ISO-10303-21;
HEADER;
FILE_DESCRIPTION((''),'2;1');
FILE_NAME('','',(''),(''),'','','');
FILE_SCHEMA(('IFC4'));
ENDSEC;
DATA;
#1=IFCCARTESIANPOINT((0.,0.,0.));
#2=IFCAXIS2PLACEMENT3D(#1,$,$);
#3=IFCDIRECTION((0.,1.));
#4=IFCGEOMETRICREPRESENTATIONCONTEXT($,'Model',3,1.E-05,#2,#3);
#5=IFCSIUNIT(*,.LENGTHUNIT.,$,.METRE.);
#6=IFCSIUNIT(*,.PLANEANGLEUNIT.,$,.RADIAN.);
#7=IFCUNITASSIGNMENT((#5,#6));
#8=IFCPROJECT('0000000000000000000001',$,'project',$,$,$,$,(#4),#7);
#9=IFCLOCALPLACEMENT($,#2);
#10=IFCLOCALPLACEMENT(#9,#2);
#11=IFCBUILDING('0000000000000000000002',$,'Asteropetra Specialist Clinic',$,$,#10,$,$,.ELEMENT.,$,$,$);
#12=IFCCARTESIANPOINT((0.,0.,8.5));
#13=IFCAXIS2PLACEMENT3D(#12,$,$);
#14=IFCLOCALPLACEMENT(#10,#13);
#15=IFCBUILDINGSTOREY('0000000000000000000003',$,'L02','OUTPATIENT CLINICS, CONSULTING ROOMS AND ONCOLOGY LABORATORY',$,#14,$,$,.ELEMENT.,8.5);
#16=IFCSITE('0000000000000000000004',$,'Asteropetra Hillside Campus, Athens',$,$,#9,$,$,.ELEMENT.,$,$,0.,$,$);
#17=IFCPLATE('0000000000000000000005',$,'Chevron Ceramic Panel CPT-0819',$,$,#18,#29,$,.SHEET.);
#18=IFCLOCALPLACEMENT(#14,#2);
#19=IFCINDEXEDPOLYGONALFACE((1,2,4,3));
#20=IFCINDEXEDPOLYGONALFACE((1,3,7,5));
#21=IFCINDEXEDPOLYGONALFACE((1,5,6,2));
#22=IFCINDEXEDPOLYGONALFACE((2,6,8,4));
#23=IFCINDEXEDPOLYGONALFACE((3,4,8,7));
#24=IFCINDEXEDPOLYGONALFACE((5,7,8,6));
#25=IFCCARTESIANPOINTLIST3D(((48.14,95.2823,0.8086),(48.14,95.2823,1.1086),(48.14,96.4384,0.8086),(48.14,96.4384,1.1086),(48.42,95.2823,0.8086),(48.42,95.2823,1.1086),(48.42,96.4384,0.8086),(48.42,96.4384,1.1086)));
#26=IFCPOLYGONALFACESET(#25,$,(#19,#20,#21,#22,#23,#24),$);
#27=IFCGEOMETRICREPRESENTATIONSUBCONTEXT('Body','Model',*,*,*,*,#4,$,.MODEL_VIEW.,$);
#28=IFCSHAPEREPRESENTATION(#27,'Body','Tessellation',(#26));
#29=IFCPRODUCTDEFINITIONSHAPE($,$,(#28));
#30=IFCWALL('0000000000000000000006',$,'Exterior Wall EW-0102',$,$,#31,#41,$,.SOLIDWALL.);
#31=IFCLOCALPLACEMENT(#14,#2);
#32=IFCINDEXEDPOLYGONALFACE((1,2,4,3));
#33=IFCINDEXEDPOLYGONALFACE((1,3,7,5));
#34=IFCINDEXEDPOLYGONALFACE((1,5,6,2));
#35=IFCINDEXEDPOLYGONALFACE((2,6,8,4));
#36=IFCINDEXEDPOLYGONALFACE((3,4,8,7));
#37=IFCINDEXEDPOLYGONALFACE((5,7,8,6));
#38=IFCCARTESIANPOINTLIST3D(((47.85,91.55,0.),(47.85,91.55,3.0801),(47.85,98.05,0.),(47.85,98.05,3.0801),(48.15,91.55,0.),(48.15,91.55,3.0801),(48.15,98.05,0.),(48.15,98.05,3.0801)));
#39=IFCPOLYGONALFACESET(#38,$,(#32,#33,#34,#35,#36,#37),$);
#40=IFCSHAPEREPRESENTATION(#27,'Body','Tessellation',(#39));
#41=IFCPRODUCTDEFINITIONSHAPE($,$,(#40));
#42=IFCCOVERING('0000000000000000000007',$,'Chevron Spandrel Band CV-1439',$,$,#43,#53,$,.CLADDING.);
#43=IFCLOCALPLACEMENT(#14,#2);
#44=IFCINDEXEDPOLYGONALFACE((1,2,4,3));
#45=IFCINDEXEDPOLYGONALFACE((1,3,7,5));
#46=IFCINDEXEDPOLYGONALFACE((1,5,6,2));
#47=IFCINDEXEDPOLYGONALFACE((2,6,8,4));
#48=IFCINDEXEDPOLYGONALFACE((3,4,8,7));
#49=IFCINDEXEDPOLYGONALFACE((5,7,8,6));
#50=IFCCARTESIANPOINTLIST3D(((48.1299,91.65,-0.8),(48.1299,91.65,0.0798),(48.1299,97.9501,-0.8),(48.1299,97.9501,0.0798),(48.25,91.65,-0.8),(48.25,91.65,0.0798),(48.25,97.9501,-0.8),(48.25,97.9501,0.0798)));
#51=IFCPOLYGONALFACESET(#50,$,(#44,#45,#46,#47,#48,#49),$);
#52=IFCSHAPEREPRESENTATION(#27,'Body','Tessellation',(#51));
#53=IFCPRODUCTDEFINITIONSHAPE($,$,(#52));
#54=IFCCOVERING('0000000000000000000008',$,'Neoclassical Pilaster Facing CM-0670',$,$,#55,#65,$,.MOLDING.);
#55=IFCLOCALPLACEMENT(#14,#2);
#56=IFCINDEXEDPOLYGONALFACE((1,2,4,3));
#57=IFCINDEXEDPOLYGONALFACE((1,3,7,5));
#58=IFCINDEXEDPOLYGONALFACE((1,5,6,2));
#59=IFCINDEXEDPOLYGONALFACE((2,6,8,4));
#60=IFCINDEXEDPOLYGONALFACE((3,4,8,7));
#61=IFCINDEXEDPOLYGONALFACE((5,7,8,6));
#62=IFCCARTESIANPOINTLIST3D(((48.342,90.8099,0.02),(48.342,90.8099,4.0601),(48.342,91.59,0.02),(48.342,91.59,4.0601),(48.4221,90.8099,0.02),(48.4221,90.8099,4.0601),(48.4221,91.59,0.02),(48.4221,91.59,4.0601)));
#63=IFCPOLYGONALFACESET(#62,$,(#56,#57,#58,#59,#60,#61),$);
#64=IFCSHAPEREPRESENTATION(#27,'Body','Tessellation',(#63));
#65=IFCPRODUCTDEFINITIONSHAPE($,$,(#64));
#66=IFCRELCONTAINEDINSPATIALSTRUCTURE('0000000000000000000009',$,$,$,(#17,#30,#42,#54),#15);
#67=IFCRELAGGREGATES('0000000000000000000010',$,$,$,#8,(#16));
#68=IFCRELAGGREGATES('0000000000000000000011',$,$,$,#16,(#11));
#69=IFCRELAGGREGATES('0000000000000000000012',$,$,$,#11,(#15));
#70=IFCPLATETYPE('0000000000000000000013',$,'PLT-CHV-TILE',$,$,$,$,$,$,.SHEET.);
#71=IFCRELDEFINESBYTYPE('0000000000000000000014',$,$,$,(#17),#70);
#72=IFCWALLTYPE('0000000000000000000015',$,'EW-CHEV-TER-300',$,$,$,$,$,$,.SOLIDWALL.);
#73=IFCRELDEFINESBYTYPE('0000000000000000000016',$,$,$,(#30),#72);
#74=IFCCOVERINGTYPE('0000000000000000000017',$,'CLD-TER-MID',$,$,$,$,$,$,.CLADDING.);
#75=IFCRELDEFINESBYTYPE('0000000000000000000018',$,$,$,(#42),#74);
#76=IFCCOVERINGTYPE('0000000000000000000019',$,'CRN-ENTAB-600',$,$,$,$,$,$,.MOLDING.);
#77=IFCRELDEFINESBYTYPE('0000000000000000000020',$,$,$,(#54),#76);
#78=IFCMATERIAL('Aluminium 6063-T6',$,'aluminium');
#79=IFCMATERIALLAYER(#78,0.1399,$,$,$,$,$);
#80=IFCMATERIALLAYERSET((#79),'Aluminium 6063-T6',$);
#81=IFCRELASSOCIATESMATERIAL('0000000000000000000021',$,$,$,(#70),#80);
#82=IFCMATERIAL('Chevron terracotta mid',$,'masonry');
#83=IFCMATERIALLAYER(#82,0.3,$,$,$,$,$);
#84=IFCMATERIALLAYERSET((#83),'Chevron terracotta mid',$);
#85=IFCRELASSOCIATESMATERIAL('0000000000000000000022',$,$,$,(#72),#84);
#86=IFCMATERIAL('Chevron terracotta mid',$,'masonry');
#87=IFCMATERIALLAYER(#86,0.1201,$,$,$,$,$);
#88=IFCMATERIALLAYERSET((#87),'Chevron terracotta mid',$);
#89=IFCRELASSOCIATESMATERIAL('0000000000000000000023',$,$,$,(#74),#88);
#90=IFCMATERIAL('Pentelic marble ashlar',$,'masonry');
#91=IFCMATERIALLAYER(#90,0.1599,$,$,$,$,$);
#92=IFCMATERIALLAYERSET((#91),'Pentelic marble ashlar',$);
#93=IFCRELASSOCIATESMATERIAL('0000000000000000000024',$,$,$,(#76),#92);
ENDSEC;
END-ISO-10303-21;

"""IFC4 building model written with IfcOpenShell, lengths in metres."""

from ifc_helpers import new_model, si_unit, direction, frame, frame_2d, origin, origin_2d, place, context, subcontext, project, spatial, rectangle, extrude, material, layer, layer_set, type_object, element, save


model = new_model("IFC4")

# Units and contexts
model_context = context("Model", 3, precision=1e-05, world=origin(), true_north=direction((0.0, 1.0)))
body_context = subcontext(model_context, "Body", "Model", "MODEL_VIEW")
ifc_project = project(units=[si_unit("LENGTHUNIT", "METRE"), si_unit("PLANEANGLEUNIT", "RADIAN")], contexts=[model_context])

# Site, building, storey
site_placement = place(None, origin())
site = spatial("IfcSite", under=ifc_project, at=site_placement, Name="Asteropetra Hillside Campus, Athens", CompositionType="ELEMENT", RefElevation=0.0)
building_placement = place(site_placement, origin())
building = spatial("IfcBuilding", under=site, at=building_placement, Name="Asteropetra Specialist Clinic", CompositionType="ELEMENT")
storey_placement = place(building_placement, frame((0.0, 0.0, 8.5)))
storey = spatial("IfcBuildingStorey", under=building, at=storey_placement, Name="L02", Description="OUTPATIENT CLINICS, CONSULTING ROOMS AND ONCOLOGY LABORATORY", CompositionType="ELEMENT", Elevation=8.5)

# Plate
ifc_material_1 = material(Name="Aluminium 6063-T6", Category="aluminium")
ifc_layer_1 = layer(ifc_material_1, 0.1399)
ifc_layer_set_1 = layer_set([ifc_layer_1], Name="Aluminium 6063-T6")
plate_type_1 = type_object("IfcPlateType", Name="PLT-CHV-TILE", PredefinedType="SHEET", material=ifc_layer_set_1)
for number, where, z_axis, x_axis, name in (
    (1, (48.28, 95.8604, 0.8086), (0.0, 0.0, 1.0), (1.0, 0.0, 0.0), "Chevron Ceramic Panel CPT-0819"),
):
    element("IfcPlate", number, at=place(storey_placement, frame(where, z_axis=z_axis, x_axis=x_axis)), inside=storey, type_object=plate_type_1, Name=name, PredefinedType="SHEET", context=body_context, shape_type="SweptSolid", body=[
        extrude(rectangle(XDim=0.28, YDim=1.156, at=origin_2d()), origin(), (0.0, 0.0, 1.0), 0.3),
    ])

# Wall
ifc_material_2 = material(Name="Chevron terracotta mid", Category="masonry")
ifc_layer_2 = layer(ifc_material_2, 0.3)
ifc_layer_set_2 = layer_set([ifc_layer_2], Name="Chevron terracotta mid")
wall_type = type_object("IfcWallType", Name="EW-CHEV-TER-300", PredefinedType="SOLIDWALL", material=ifc_layer_set_2)
wall_placement = place(storey_placement, frame((48.0, 91.55, 0.0), z_axis=(0.0, 0.0, 1.0), x_axis=(0.0, 1.0, 0.0)))
element("IfcWall", 2, at=wall_placement, inside=storey, type_object=wall_type, Name="Exterior Wall EW-0102", PredefinedType="SOLIDWALL", context=body_context, shape_type="SweptSolid", body=[
    extrude(rectangle(XDim=6.5, YDim=0.3, at=frame_2d((3.25, 0.0))), origin(), (0.0, 0.0, 1.0), 3.0801),
])

# Coverings
ifc_material_3 = material(Name="Chevron terracotta mid", Category="masonry")
ifc_layer_3 = layer(ifc_material_3, 0.1201)
ifc_layer_set_3 = layer_set([ifc_layer_3], Name="Chevron terracotta mid")
covering_type_1 = type_object("IfcCoveringType", Name="CLD-TER-MID", PredefinedType="CLADDING", material=ifc_layer_set_3)
covering_1_placement = place(storey_placement, frame((48.1899, 94.8, -0.8), z_axis=(0.0, 0.0, 1.0), x_axis=(1.0, 0.0, 0.0)))
element("IfcCovering", 3, at=covering_1_placement, inside=storey, type_object=covering_type_1, Name="Chevron Spandrel Band CV-1439", PredefinedType="CLADDING", context=body_context, shape_type="SweptSolid", body=[
    extrude(rectangle(XDim=0.1201, YDim=6.3, at=origin_2d()), origin(), (0.0, 0.0, 1.0), 0.8799),
])
ifc_material_4 = material(Name="Pentelic marble ashlar", Category="masonry")
ifc_layer_4 = layer(ifc_material_4, 0.1599)
ifc_layer_set_4 = layer_set([ifc_layer_4], Name="Pentelic marble ashlar")
covering_type_2 = type_object("IfcCoveringType", Name="CRN-ENTAB-600", PredefinedType="MOLDING", material=ifc_layer_set_4)
covering_2_placement = place(storey_placement, frame((48.3821, 91.2, 0.02), z_axis=(0.0, 0.0, 1.0), x_axis=(1.0, 0.0, 0.0)))
element("IfcCovering", 4, at=covering_2_placement, inside=storey, type_object=covering_type_2, Name="Neoclassical Pilaster Facing CM-0670", PredefinedType="MOLDING", context=body_context, shape_type="SweptSolid", body=[
    extrude(rectangle(XDim=0.0801, YDim=0.78, at=origin_2d()), origin(), (0.0, 0.0, 1.0), 4.04),
])

save(model, "model.ifc")
